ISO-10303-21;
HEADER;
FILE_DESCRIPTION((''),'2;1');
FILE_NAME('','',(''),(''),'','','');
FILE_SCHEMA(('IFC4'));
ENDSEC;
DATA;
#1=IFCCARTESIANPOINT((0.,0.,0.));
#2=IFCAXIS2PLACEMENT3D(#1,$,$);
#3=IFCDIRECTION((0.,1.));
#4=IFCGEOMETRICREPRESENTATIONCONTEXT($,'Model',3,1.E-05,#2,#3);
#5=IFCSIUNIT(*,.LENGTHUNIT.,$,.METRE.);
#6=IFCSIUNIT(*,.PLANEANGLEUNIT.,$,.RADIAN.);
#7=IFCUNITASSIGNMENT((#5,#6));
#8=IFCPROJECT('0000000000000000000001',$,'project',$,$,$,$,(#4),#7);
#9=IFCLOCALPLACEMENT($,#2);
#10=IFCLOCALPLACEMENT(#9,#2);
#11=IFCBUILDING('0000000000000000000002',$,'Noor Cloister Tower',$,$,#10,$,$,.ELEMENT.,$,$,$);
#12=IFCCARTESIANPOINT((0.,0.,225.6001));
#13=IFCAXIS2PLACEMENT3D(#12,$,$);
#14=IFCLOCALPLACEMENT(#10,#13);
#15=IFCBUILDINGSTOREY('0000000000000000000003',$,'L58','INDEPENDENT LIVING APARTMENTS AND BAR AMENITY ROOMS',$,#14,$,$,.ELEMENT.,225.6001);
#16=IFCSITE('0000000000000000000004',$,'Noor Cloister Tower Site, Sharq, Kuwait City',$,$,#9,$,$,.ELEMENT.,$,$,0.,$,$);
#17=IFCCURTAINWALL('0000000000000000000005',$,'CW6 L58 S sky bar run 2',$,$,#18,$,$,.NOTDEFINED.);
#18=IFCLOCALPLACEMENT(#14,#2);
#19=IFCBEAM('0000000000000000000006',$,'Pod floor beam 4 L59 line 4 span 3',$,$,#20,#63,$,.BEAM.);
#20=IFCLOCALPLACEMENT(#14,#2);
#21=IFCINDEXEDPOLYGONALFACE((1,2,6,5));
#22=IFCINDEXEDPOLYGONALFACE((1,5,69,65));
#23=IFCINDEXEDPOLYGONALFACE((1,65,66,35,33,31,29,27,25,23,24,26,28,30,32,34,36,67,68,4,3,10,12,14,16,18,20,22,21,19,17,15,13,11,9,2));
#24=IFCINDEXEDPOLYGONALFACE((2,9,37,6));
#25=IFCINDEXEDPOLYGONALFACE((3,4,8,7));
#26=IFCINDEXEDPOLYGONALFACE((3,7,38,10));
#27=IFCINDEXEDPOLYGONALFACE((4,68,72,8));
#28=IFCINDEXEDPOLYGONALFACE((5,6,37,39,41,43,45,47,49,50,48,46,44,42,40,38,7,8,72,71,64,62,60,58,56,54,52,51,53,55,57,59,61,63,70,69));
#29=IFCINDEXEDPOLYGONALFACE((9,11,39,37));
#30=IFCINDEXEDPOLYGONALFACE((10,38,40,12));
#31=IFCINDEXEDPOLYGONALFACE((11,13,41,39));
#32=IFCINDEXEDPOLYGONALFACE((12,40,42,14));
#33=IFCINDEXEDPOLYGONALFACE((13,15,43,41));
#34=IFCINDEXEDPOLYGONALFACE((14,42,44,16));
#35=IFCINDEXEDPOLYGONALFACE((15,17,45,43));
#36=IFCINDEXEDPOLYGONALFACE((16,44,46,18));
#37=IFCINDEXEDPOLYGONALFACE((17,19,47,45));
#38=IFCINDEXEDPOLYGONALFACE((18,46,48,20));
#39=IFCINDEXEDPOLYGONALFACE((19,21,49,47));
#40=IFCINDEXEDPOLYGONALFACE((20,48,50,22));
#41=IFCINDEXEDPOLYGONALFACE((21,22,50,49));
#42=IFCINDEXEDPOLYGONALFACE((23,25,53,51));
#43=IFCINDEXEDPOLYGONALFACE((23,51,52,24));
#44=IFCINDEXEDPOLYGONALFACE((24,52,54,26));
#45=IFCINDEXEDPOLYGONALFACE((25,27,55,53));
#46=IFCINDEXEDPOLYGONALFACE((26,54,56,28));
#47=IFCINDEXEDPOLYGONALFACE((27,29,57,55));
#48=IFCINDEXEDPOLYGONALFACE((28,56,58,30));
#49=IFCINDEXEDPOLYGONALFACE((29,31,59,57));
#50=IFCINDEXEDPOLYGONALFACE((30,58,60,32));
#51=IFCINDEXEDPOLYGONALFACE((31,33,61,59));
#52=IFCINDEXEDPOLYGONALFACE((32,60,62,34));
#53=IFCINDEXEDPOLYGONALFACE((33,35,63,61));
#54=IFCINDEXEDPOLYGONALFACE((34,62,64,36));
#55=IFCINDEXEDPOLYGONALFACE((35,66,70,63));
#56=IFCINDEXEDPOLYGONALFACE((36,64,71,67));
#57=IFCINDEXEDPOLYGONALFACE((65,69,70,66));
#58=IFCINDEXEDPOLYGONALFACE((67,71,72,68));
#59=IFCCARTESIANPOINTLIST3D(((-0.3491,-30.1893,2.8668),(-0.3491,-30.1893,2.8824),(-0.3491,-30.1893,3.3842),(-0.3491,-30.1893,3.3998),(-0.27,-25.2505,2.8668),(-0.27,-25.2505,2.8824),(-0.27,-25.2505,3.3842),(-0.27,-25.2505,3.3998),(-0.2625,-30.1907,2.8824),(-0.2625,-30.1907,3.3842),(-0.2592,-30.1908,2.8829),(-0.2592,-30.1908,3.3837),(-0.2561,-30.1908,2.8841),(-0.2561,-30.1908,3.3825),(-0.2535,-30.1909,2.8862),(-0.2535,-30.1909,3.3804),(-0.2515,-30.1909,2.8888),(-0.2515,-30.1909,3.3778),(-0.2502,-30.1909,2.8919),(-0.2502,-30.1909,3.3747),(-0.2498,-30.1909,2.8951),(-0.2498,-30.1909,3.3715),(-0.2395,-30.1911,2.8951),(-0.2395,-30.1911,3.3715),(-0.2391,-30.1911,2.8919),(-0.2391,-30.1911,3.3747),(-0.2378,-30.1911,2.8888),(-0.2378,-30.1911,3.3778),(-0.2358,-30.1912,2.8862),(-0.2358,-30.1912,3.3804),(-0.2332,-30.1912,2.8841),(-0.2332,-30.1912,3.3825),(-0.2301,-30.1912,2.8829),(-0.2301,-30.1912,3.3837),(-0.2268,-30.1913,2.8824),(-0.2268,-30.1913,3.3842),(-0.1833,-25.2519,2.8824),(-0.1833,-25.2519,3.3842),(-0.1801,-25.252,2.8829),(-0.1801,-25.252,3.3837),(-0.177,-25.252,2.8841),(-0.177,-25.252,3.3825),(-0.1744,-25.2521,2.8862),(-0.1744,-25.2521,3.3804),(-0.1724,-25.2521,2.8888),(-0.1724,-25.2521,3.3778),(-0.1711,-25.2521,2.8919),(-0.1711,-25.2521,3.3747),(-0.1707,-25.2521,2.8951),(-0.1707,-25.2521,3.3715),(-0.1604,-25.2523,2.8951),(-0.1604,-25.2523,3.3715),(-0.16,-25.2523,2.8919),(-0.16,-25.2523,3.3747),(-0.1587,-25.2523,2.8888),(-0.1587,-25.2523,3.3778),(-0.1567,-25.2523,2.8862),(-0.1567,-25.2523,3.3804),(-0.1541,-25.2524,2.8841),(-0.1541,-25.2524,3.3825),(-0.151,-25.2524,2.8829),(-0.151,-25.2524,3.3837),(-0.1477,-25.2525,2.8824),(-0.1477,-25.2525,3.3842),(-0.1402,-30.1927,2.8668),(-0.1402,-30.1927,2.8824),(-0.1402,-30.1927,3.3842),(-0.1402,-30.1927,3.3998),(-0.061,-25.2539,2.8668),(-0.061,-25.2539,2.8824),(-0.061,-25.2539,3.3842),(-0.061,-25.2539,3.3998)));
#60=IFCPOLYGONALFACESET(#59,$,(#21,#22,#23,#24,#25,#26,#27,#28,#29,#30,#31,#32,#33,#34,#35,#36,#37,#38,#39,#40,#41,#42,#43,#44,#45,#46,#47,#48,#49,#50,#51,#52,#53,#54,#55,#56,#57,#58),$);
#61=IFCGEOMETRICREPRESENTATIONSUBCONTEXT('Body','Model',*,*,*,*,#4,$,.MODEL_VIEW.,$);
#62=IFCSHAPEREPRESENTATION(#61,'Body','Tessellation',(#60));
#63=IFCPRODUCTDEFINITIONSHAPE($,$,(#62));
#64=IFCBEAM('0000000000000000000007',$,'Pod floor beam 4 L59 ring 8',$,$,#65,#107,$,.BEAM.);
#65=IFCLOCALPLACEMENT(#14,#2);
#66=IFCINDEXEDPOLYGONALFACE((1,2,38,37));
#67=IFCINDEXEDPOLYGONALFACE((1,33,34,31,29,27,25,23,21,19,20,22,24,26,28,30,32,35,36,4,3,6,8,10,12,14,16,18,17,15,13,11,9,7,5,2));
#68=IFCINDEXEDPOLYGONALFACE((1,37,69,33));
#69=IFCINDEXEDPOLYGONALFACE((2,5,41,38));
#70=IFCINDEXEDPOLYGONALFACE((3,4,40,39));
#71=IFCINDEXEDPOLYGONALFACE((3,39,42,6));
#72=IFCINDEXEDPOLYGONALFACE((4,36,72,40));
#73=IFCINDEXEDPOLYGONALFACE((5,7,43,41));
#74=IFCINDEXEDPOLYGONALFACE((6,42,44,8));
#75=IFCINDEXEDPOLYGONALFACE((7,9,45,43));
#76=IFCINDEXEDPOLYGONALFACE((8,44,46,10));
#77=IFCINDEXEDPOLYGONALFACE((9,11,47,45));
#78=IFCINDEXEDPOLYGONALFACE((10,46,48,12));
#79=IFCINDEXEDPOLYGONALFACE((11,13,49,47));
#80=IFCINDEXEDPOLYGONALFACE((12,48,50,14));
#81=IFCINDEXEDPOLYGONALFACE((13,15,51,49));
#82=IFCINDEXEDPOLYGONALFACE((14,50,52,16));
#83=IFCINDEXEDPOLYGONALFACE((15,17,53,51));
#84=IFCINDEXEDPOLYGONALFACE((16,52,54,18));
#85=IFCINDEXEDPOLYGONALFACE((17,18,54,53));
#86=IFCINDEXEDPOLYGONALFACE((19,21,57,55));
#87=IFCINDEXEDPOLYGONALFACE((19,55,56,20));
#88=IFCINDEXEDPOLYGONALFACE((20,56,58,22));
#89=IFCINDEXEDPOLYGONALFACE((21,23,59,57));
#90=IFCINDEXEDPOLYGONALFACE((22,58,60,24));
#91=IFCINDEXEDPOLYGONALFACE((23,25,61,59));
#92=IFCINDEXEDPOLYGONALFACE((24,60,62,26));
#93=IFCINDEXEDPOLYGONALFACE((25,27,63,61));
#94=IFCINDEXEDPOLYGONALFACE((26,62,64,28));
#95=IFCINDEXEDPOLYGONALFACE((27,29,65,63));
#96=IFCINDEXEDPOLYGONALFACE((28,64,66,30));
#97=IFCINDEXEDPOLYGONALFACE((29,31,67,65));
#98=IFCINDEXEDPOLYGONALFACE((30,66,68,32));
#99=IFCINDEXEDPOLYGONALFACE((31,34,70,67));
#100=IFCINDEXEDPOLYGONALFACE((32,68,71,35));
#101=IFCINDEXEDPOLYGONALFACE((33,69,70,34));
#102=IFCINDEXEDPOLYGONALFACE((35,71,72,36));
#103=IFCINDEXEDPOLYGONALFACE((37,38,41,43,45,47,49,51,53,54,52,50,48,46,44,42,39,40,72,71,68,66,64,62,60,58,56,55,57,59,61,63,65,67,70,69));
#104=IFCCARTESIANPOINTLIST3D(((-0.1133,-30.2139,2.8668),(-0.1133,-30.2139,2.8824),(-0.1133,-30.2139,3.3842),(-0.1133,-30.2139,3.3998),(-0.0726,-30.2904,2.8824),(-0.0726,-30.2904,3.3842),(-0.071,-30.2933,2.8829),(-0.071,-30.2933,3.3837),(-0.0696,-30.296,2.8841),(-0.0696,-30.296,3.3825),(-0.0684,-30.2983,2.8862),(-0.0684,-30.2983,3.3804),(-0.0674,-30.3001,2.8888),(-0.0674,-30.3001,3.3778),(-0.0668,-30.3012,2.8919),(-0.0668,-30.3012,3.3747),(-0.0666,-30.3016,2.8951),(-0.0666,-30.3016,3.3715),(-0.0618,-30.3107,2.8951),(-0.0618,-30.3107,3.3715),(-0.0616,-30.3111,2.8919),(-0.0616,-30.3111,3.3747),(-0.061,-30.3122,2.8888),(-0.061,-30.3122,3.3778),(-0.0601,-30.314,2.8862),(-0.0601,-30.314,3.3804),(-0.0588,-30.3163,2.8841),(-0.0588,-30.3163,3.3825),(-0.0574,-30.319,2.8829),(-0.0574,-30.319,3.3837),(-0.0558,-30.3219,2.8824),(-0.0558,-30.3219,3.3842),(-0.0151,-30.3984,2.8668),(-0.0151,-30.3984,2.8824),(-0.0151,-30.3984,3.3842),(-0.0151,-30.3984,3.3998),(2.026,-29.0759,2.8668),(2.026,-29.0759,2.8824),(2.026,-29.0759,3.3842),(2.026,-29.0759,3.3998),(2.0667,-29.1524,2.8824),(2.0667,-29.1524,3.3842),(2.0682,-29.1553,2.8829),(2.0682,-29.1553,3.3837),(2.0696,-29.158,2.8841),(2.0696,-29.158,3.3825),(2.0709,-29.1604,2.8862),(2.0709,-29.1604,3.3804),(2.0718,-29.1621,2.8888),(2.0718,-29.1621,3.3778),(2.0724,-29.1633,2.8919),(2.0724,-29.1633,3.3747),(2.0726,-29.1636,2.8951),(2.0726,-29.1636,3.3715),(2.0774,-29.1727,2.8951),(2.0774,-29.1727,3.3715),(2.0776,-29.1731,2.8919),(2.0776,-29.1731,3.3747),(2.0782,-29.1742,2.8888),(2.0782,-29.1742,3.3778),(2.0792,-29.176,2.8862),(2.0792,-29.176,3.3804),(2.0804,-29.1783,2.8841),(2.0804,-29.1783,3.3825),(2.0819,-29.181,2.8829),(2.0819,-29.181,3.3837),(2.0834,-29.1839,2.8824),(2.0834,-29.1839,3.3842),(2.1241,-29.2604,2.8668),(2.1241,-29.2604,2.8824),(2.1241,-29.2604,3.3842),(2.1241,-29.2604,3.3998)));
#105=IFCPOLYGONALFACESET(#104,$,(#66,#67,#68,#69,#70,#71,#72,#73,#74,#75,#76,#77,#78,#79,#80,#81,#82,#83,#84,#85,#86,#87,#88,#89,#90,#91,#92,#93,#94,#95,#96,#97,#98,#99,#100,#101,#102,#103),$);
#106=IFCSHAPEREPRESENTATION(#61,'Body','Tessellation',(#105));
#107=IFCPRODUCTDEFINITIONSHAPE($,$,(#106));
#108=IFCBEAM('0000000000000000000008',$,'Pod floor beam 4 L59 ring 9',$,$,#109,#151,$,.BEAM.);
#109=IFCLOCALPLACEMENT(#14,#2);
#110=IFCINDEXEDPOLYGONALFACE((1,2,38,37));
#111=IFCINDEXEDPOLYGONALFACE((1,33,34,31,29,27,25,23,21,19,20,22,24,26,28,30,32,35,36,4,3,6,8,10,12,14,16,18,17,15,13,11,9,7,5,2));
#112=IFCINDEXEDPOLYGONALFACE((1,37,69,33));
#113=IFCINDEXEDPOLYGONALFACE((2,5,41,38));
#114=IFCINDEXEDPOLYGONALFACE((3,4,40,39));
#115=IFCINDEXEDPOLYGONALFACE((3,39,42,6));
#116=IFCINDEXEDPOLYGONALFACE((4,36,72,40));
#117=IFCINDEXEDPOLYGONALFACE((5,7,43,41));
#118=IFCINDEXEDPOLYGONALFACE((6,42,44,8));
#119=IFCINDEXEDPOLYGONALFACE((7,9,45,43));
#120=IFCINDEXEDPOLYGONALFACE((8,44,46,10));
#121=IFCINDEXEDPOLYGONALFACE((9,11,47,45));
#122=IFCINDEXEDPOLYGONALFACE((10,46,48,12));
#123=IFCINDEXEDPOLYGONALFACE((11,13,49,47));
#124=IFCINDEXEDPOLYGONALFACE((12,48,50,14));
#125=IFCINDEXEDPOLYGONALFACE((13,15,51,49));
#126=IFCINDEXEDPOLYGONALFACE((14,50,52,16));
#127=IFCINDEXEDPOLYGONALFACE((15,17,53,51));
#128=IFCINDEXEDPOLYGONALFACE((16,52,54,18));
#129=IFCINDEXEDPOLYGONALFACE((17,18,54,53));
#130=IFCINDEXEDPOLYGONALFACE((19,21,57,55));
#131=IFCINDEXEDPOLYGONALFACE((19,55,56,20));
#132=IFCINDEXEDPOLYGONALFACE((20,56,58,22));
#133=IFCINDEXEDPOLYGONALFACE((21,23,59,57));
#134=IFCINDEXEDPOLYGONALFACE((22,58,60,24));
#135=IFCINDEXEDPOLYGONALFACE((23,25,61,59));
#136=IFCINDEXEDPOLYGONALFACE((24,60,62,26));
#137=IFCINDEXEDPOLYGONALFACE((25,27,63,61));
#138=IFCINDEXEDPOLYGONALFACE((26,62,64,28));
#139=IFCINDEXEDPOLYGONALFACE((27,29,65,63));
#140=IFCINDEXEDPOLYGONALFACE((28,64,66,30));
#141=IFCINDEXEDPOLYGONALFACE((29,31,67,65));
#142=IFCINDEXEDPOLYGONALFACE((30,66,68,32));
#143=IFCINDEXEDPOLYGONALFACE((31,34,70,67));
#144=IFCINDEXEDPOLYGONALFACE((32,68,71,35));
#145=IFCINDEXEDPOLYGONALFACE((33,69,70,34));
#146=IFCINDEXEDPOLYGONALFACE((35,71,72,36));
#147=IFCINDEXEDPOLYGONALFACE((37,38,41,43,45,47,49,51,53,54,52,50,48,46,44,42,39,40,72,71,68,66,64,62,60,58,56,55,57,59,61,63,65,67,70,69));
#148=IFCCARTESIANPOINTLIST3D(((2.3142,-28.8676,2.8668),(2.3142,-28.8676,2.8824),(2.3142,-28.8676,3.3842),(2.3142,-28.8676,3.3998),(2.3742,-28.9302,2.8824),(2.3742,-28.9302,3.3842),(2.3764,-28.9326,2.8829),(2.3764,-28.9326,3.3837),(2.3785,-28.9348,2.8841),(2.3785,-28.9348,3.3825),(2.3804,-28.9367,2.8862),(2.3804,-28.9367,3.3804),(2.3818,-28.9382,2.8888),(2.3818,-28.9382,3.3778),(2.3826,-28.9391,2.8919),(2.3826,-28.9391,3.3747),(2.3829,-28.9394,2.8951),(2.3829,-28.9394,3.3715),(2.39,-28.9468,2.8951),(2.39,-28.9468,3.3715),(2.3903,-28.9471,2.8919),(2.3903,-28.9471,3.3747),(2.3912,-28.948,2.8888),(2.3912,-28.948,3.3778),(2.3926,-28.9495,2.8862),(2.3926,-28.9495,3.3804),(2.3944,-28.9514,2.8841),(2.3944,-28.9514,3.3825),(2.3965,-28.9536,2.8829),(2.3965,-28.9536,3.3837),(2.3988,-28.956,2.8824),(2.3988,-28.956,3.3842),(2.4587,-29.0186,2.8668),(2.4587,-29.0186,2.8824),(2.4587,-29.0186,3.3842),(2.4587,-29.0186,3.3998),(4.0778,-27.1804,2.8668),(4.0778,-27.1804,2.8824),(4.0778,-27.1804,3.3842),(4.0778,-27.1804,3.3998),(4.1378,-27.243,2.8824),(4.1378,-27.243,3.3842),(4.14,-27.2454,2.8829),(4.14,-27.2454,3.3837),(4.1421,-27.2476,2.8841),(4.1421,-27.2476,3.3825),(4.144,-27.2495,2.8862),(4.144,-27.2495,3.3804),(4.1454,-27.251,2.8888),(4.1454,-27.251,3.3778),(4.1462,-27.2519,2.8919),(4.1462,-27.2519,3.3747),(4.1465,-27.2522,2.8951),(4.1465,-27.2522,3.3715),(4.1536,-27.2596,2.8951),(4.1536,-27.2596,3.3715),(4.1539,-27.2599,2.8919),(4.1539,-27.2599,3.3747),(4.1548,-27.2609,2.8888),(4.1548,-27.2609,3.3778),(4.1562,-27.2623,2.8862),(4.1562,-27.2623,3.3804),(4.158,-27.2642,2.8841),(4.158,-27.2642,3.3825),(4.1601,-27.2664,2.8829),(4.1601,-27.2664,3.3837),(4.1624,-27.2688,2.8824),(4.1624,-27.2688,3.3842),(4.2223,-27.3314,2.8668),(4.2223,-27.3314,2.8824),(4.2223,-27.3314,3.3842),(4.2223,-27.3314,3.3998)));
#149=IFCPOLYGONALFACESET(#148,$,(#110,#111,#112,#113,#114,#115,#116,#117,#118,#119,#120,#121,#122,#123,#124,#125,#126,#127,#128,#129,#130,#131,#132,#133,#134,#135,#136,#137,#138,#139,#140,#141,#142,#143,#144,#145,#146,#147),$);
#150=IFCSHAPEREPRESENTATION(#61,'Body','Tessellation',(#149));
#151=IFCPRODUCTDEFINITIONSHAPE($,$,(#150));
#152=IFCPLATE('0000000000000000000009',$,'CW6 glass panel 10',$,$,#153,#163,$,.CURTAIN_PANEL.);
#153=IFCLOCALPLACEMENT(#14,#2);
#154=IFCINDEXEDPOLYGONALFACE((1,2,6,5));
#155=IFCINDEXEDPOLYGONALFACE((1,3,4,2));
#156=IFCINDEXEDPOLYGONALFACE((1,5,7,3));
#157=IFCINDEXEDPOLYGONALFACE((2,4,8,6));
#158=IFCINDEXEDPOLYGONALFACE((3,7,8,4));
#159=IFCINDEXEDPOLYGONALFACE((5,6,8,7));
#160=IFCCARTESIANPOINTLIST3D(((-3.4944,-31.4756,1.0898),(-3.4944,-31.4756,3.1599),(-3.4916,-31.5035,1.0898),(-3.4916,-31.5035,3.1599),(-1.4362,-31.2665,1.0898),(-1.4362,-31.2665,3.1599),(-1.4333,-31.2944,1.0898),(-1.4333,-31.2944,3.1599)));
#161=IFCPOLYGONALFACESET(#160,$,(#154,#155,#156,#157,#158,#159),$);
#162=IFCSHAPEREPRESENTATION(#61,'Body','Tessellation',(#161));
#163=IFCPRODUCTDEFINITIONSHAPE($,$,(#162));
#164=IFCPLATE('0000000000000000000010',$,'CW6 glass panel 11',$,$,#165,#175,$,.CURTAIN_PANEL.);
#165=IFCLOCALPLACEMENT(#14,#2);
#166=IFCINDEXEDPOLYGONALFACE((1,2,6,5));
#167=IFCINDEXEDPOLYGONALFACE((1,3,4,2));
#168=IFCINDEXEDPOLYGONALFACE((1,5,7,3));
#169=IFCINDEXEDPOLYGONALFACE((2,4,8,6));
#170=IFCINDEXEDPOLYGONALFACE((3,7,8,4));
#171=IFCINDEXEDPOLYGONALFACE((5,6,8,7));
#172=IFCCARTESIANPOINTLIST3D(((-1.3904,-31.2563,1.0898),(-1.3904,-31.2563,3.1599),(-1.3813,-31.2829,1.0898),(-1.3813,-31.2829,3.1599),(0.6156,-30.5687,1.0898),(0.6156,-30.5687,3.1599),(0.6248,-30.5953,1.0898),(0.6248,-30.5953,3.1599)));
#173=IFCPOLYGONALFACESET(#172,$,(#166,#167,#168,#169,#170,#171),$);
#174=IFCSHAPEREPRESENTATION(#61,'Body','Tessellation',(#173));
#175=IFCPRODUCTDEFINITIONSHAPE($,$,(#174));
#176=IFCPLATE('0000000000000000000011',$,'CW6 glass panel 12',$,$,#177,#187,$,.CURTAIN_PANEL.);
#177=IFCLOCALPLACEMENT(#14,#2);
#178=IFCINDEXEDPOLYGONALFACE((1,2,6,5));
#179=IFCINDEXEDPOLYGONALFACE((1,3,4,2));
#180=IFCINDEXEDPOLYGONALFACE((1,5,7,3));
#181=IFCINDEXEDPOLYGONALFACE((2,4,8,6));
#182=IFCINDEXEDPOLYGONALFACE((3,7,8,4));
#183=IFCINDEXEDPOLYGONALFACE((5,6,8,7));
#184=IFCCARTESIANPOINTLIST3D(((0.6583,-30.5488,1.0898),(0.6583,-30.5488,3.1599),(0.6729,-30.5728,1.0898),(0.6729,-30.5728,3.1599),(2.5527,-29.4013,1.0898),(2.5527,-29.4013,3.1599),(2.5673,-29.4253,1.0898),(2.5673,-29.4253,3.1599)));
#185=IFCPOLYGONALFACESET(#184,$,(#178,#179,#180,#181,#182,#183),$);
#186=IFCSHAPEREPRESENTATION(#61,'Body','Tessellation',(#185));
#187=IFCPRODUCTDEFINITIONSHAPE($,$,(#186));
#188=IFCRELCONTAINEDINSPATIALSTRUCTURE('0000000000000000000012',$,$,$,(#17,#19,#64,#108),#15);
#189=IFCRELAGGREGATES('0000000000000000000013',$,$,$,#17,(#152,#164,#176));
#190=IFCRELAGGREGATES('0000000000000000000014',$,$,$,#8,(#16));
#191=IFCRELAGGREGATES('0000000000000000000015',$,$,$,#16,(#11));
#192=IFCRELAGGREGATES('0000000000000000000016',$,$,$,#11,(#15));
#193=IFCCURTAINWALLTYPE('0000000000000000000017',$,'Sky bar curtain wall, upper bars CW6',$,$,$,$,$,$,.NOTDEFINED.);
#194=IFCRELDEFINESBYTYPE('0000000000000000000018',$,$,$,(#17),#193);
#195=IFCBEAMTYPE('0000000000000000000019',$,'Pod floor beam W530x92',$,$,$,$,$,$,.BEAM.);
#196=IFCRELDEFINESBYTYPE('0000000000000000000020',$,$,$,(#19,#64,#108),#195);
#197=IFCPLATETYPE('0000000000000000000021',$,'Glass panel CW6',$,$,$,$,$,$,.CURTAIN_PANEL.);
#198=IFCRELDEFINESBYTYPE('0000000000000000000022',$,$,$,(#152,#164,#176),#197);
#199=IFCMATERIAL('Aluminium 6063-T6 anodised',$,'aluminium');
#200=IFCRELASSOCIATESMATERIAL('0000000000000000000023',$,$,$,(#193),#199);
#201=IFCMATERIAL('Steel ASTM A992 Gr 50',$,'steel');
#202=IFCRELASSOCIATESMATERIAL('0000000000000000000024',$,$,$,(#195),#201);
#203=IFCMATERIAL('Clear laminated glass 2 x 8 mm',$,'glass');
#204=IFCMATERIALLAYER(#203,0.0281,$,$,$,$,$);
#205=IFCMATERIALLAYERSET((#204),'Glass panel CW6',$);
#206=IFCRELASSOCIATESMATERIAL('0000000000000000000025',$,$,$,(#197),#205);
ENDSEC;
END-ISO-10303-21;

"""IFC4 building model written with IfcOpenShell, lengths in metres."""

from ifc_helpers import new_model, si_unit, direction, frame, origin, origin_2d, place, context, subcontext, project, spatial, rectangle, i_section, extrude, material, layer, layer_set, material_profile, profile_set, type_object, element, aggregate, save


model = new_model("IFC4")

# Units and contexts
model_context = context("Model", 3, precision=1e-05, world=origin(), true_north=direction((0.0, 1.0)))
body_context = subcontext(model_context, "Body", "Model", "MODEL_VIEW")
ifc_project = project(units=[si_unit("LENGTHUNIT", "METRE"), si_unit("PLANEANGLEUNIT", "RADIAN")], contexts=[model_context])

# Site, building, storey
site_placement = place(None, origin())
site = spatial("IfcSite", under=ifc_project, at=site_placement, Name="Noor Cloister Tower Site, Sharq, Kuwait City", CompositionType="ELEMENT", RefElevation=0.0)
building_placement = place(site_placement, origin())
building = spatial("IfcBuilding", under=site, at=building_placement, Name="Noor Cloister Tower", CompositionType="ELEMENT")
storey_placement = place(building_placement, frame((0.0, 0.0, 225.6001)))
storey = spatial("IfcBuildingStorey", under=building, at=storey_placement, Name="L58", Description="INDEPENDENT LIVING APARTMENTS AND BAR AMENITY ROOMS", CompositionType="ELEMENT", Elevation=225.6001)

# Curtain wall
ifc_material_1 = material(Name="Aluminium 6063-T6 anodised", Category="aluminium")
curtain_wall_type = type_object("IfcCurtainWallType", Name="Sky bar curtain wall, upper bars CW6", PredefinedType="NOTDEFINED", material=ifc_material_1)
curtain_wall_placement = place(storey_placement, origin())
curtain_wall = element("IfcCurtainWall", 1, at=curtain_wall_placement, inside=storey, type_object=curtain_wall_type, Name="CW6 L58 S sky bar run 2", PredefinedType="NOTDEFINED")

# Beams
ifc_material_2 = material(Name="Steel ASTM A992 Gr 50", Category="steel")
ifc_material_profile_1 = material_profile(ifc_material_2, i_section(OverallWidth=0.209, OverallDepth=0.533, WebThickness=0.0103, FlangeThickness=0.0156, FilletRadius=0.0127, at=origin_2d()), Name="W530x92")
ifc_profile_set_1 = profile_set([ifc_material_profile_1], Name="Steel ASTM A992 Gr 50")
beam_type = type_object("IfcBeamType", Name="Pod floor beam W530x92", PredefinedType="BEAM", material=ifc_profile_set_1)
beam_1_placement = place(storey_placement, frame((-0.1655, -25.2522, 3.1333), z_axis=(-0.016015, -0.999872, 0.0), x_axis=(0.999872, -0.016015, 0.0)))
element("IfcBeam", 2, at=beam_1_placement, inside=storey, type_object=beam_type, Name="Pod floor beam 4 L59 line 4 span 3", PredefinedType="BEAM", context=body_context, shape_type="SweptSolid", body=[
    extrude(i_section(OverallWidth=0.209, OverallDepth=0.533, WebThickness=0.0103, FlangeThickness=0.0156, FilletRadius=0.0127, at=origin_2d()), origin(), (0.0, 0.0, 1.0), 4.9395),
])
beam_2_placement = place(storey_placement, frame((-0.0642, -30.3062, 3.1333), z_axis=(0.882857, 0.469641, 0.0), x_axis=(-0.469641, 0.882857, 0.0)))
element("IfcBeam", 3, at=beam_2_placement, inside=storey, type_object=beam_type, Name="Pod floor beam 4 L59 ring 8", PredefinedType="BEAM", context=body_context, shape_type="SweptSolid", body=[
    extrude(i_section(OverallWidth=0.209, OverallDepth=0.533, WebThickness=0.0103, FlangeThickness=0.0156, FilletRadius=0.0127, at=origin_2d()), origin(), (0.0, 0.0, 1.0), 2.4231),
])
beam_3_placement = place(storey_placement, frame((2.3865, -28.9431, 3.1333), z_axis=(0.722588, 0.691279, 0.0), x_axis=(-0.691279, 0.722588, 0.0)))
element("IfcBeam", 4, at=beam_3_placement, inside=storey, type_object=beam_type, Name="Pod floor beam 4 L59 ring 9", PredefinedType="BEAM", context=body_context, shape_type="SweptSolid", body=[
    extrude(i_section(OverallWidth=0.209, OverallDepth=0.533, WebThickness=0.0103, FlangeThickness=0.0156, FilletRadius=0.0127, at=origin_2d()), origin(), (0.0, 0.0, 1.0), 2.4407),
])

# Plates
ifc_material_3 = material(Name="Clear laminated glass 2 x 8 mm", Category="glass")
ifc_layer_1 = layer(ifc_material_3, 0.0281)
ifc_layer_set_1 = layer_set([ifc_layer_1], Name="Glass panel CW6")
plate_type = type_object("IfcPlateType", Name="Glass panel CW6", PredefinedType="CURTAIN_PANEL", material=ifc_layer_set_1)
plate_1_placement = place(storey_placement, frame((-2.4639, -31.385, 1.0898), z_axis=(0.0, 0.0, 1.0), x_axis=(0.994881, 0.101053, 0.0)))
plate_1 = element("IfcPlate", 5, at=plate_1_placement, type_object=plate_type, Name="CW6 glass panel 10", PredefinedType="CURTAIN_PANEL", context=body_context, shape_type="SweptSolid", body=[
    extrude(rectangle(XDim=2.0688, YDim=0.0281, at=origin_2d()), origin(), (0.0, 0.0, 1.0), 2.0701),
])
plate_2_placement = place(storey_placement, frame((-0.3828, -30.9258, 1.0898), z_axis=(0.0, 0.0, 1.0), x_axis=(0.94597, 0.324256, 0.0)))
plate_2 = element("IfcPlate", 6, at=plate_2_placement, type_object=plate_type, Name="CW6 glass panel 11", PredefinedType="CURTAIN_PANEL", context=body_context, shape_type="SweptSolid", body=[
    extrude(rectangle(XDim=2.1206, YDim=0.0281, at=origin_2d()), origin(), (0.0, 0.0, 1.0), 2.0701),
])
plate_3_placement = place(storey_placement, frame((1.6128, -29.9871, 1.0898), z_axis=(0.0, 0.0, 1.0), x_axis=(0.855314, 0.51811, 0.0)))
plate_3 = element("IfcPlate", 7, at=plate_3_placement, type_object=plate_type, Name="CW6 glass panel 12", PredefinedType="CURTAIN_PANEL", context=body_context, shape_type="SweptSolid", body=[
    extrude(rectangle(XDim=2.2148, YDim=0.0281, at=origin_2d()), origin(), (0.0, 0.0, 1.0), 2.0701),
])
aggregate(curtain_wall, [plate_1, plate_2, plate_3])

save(model, "model.ifc")
